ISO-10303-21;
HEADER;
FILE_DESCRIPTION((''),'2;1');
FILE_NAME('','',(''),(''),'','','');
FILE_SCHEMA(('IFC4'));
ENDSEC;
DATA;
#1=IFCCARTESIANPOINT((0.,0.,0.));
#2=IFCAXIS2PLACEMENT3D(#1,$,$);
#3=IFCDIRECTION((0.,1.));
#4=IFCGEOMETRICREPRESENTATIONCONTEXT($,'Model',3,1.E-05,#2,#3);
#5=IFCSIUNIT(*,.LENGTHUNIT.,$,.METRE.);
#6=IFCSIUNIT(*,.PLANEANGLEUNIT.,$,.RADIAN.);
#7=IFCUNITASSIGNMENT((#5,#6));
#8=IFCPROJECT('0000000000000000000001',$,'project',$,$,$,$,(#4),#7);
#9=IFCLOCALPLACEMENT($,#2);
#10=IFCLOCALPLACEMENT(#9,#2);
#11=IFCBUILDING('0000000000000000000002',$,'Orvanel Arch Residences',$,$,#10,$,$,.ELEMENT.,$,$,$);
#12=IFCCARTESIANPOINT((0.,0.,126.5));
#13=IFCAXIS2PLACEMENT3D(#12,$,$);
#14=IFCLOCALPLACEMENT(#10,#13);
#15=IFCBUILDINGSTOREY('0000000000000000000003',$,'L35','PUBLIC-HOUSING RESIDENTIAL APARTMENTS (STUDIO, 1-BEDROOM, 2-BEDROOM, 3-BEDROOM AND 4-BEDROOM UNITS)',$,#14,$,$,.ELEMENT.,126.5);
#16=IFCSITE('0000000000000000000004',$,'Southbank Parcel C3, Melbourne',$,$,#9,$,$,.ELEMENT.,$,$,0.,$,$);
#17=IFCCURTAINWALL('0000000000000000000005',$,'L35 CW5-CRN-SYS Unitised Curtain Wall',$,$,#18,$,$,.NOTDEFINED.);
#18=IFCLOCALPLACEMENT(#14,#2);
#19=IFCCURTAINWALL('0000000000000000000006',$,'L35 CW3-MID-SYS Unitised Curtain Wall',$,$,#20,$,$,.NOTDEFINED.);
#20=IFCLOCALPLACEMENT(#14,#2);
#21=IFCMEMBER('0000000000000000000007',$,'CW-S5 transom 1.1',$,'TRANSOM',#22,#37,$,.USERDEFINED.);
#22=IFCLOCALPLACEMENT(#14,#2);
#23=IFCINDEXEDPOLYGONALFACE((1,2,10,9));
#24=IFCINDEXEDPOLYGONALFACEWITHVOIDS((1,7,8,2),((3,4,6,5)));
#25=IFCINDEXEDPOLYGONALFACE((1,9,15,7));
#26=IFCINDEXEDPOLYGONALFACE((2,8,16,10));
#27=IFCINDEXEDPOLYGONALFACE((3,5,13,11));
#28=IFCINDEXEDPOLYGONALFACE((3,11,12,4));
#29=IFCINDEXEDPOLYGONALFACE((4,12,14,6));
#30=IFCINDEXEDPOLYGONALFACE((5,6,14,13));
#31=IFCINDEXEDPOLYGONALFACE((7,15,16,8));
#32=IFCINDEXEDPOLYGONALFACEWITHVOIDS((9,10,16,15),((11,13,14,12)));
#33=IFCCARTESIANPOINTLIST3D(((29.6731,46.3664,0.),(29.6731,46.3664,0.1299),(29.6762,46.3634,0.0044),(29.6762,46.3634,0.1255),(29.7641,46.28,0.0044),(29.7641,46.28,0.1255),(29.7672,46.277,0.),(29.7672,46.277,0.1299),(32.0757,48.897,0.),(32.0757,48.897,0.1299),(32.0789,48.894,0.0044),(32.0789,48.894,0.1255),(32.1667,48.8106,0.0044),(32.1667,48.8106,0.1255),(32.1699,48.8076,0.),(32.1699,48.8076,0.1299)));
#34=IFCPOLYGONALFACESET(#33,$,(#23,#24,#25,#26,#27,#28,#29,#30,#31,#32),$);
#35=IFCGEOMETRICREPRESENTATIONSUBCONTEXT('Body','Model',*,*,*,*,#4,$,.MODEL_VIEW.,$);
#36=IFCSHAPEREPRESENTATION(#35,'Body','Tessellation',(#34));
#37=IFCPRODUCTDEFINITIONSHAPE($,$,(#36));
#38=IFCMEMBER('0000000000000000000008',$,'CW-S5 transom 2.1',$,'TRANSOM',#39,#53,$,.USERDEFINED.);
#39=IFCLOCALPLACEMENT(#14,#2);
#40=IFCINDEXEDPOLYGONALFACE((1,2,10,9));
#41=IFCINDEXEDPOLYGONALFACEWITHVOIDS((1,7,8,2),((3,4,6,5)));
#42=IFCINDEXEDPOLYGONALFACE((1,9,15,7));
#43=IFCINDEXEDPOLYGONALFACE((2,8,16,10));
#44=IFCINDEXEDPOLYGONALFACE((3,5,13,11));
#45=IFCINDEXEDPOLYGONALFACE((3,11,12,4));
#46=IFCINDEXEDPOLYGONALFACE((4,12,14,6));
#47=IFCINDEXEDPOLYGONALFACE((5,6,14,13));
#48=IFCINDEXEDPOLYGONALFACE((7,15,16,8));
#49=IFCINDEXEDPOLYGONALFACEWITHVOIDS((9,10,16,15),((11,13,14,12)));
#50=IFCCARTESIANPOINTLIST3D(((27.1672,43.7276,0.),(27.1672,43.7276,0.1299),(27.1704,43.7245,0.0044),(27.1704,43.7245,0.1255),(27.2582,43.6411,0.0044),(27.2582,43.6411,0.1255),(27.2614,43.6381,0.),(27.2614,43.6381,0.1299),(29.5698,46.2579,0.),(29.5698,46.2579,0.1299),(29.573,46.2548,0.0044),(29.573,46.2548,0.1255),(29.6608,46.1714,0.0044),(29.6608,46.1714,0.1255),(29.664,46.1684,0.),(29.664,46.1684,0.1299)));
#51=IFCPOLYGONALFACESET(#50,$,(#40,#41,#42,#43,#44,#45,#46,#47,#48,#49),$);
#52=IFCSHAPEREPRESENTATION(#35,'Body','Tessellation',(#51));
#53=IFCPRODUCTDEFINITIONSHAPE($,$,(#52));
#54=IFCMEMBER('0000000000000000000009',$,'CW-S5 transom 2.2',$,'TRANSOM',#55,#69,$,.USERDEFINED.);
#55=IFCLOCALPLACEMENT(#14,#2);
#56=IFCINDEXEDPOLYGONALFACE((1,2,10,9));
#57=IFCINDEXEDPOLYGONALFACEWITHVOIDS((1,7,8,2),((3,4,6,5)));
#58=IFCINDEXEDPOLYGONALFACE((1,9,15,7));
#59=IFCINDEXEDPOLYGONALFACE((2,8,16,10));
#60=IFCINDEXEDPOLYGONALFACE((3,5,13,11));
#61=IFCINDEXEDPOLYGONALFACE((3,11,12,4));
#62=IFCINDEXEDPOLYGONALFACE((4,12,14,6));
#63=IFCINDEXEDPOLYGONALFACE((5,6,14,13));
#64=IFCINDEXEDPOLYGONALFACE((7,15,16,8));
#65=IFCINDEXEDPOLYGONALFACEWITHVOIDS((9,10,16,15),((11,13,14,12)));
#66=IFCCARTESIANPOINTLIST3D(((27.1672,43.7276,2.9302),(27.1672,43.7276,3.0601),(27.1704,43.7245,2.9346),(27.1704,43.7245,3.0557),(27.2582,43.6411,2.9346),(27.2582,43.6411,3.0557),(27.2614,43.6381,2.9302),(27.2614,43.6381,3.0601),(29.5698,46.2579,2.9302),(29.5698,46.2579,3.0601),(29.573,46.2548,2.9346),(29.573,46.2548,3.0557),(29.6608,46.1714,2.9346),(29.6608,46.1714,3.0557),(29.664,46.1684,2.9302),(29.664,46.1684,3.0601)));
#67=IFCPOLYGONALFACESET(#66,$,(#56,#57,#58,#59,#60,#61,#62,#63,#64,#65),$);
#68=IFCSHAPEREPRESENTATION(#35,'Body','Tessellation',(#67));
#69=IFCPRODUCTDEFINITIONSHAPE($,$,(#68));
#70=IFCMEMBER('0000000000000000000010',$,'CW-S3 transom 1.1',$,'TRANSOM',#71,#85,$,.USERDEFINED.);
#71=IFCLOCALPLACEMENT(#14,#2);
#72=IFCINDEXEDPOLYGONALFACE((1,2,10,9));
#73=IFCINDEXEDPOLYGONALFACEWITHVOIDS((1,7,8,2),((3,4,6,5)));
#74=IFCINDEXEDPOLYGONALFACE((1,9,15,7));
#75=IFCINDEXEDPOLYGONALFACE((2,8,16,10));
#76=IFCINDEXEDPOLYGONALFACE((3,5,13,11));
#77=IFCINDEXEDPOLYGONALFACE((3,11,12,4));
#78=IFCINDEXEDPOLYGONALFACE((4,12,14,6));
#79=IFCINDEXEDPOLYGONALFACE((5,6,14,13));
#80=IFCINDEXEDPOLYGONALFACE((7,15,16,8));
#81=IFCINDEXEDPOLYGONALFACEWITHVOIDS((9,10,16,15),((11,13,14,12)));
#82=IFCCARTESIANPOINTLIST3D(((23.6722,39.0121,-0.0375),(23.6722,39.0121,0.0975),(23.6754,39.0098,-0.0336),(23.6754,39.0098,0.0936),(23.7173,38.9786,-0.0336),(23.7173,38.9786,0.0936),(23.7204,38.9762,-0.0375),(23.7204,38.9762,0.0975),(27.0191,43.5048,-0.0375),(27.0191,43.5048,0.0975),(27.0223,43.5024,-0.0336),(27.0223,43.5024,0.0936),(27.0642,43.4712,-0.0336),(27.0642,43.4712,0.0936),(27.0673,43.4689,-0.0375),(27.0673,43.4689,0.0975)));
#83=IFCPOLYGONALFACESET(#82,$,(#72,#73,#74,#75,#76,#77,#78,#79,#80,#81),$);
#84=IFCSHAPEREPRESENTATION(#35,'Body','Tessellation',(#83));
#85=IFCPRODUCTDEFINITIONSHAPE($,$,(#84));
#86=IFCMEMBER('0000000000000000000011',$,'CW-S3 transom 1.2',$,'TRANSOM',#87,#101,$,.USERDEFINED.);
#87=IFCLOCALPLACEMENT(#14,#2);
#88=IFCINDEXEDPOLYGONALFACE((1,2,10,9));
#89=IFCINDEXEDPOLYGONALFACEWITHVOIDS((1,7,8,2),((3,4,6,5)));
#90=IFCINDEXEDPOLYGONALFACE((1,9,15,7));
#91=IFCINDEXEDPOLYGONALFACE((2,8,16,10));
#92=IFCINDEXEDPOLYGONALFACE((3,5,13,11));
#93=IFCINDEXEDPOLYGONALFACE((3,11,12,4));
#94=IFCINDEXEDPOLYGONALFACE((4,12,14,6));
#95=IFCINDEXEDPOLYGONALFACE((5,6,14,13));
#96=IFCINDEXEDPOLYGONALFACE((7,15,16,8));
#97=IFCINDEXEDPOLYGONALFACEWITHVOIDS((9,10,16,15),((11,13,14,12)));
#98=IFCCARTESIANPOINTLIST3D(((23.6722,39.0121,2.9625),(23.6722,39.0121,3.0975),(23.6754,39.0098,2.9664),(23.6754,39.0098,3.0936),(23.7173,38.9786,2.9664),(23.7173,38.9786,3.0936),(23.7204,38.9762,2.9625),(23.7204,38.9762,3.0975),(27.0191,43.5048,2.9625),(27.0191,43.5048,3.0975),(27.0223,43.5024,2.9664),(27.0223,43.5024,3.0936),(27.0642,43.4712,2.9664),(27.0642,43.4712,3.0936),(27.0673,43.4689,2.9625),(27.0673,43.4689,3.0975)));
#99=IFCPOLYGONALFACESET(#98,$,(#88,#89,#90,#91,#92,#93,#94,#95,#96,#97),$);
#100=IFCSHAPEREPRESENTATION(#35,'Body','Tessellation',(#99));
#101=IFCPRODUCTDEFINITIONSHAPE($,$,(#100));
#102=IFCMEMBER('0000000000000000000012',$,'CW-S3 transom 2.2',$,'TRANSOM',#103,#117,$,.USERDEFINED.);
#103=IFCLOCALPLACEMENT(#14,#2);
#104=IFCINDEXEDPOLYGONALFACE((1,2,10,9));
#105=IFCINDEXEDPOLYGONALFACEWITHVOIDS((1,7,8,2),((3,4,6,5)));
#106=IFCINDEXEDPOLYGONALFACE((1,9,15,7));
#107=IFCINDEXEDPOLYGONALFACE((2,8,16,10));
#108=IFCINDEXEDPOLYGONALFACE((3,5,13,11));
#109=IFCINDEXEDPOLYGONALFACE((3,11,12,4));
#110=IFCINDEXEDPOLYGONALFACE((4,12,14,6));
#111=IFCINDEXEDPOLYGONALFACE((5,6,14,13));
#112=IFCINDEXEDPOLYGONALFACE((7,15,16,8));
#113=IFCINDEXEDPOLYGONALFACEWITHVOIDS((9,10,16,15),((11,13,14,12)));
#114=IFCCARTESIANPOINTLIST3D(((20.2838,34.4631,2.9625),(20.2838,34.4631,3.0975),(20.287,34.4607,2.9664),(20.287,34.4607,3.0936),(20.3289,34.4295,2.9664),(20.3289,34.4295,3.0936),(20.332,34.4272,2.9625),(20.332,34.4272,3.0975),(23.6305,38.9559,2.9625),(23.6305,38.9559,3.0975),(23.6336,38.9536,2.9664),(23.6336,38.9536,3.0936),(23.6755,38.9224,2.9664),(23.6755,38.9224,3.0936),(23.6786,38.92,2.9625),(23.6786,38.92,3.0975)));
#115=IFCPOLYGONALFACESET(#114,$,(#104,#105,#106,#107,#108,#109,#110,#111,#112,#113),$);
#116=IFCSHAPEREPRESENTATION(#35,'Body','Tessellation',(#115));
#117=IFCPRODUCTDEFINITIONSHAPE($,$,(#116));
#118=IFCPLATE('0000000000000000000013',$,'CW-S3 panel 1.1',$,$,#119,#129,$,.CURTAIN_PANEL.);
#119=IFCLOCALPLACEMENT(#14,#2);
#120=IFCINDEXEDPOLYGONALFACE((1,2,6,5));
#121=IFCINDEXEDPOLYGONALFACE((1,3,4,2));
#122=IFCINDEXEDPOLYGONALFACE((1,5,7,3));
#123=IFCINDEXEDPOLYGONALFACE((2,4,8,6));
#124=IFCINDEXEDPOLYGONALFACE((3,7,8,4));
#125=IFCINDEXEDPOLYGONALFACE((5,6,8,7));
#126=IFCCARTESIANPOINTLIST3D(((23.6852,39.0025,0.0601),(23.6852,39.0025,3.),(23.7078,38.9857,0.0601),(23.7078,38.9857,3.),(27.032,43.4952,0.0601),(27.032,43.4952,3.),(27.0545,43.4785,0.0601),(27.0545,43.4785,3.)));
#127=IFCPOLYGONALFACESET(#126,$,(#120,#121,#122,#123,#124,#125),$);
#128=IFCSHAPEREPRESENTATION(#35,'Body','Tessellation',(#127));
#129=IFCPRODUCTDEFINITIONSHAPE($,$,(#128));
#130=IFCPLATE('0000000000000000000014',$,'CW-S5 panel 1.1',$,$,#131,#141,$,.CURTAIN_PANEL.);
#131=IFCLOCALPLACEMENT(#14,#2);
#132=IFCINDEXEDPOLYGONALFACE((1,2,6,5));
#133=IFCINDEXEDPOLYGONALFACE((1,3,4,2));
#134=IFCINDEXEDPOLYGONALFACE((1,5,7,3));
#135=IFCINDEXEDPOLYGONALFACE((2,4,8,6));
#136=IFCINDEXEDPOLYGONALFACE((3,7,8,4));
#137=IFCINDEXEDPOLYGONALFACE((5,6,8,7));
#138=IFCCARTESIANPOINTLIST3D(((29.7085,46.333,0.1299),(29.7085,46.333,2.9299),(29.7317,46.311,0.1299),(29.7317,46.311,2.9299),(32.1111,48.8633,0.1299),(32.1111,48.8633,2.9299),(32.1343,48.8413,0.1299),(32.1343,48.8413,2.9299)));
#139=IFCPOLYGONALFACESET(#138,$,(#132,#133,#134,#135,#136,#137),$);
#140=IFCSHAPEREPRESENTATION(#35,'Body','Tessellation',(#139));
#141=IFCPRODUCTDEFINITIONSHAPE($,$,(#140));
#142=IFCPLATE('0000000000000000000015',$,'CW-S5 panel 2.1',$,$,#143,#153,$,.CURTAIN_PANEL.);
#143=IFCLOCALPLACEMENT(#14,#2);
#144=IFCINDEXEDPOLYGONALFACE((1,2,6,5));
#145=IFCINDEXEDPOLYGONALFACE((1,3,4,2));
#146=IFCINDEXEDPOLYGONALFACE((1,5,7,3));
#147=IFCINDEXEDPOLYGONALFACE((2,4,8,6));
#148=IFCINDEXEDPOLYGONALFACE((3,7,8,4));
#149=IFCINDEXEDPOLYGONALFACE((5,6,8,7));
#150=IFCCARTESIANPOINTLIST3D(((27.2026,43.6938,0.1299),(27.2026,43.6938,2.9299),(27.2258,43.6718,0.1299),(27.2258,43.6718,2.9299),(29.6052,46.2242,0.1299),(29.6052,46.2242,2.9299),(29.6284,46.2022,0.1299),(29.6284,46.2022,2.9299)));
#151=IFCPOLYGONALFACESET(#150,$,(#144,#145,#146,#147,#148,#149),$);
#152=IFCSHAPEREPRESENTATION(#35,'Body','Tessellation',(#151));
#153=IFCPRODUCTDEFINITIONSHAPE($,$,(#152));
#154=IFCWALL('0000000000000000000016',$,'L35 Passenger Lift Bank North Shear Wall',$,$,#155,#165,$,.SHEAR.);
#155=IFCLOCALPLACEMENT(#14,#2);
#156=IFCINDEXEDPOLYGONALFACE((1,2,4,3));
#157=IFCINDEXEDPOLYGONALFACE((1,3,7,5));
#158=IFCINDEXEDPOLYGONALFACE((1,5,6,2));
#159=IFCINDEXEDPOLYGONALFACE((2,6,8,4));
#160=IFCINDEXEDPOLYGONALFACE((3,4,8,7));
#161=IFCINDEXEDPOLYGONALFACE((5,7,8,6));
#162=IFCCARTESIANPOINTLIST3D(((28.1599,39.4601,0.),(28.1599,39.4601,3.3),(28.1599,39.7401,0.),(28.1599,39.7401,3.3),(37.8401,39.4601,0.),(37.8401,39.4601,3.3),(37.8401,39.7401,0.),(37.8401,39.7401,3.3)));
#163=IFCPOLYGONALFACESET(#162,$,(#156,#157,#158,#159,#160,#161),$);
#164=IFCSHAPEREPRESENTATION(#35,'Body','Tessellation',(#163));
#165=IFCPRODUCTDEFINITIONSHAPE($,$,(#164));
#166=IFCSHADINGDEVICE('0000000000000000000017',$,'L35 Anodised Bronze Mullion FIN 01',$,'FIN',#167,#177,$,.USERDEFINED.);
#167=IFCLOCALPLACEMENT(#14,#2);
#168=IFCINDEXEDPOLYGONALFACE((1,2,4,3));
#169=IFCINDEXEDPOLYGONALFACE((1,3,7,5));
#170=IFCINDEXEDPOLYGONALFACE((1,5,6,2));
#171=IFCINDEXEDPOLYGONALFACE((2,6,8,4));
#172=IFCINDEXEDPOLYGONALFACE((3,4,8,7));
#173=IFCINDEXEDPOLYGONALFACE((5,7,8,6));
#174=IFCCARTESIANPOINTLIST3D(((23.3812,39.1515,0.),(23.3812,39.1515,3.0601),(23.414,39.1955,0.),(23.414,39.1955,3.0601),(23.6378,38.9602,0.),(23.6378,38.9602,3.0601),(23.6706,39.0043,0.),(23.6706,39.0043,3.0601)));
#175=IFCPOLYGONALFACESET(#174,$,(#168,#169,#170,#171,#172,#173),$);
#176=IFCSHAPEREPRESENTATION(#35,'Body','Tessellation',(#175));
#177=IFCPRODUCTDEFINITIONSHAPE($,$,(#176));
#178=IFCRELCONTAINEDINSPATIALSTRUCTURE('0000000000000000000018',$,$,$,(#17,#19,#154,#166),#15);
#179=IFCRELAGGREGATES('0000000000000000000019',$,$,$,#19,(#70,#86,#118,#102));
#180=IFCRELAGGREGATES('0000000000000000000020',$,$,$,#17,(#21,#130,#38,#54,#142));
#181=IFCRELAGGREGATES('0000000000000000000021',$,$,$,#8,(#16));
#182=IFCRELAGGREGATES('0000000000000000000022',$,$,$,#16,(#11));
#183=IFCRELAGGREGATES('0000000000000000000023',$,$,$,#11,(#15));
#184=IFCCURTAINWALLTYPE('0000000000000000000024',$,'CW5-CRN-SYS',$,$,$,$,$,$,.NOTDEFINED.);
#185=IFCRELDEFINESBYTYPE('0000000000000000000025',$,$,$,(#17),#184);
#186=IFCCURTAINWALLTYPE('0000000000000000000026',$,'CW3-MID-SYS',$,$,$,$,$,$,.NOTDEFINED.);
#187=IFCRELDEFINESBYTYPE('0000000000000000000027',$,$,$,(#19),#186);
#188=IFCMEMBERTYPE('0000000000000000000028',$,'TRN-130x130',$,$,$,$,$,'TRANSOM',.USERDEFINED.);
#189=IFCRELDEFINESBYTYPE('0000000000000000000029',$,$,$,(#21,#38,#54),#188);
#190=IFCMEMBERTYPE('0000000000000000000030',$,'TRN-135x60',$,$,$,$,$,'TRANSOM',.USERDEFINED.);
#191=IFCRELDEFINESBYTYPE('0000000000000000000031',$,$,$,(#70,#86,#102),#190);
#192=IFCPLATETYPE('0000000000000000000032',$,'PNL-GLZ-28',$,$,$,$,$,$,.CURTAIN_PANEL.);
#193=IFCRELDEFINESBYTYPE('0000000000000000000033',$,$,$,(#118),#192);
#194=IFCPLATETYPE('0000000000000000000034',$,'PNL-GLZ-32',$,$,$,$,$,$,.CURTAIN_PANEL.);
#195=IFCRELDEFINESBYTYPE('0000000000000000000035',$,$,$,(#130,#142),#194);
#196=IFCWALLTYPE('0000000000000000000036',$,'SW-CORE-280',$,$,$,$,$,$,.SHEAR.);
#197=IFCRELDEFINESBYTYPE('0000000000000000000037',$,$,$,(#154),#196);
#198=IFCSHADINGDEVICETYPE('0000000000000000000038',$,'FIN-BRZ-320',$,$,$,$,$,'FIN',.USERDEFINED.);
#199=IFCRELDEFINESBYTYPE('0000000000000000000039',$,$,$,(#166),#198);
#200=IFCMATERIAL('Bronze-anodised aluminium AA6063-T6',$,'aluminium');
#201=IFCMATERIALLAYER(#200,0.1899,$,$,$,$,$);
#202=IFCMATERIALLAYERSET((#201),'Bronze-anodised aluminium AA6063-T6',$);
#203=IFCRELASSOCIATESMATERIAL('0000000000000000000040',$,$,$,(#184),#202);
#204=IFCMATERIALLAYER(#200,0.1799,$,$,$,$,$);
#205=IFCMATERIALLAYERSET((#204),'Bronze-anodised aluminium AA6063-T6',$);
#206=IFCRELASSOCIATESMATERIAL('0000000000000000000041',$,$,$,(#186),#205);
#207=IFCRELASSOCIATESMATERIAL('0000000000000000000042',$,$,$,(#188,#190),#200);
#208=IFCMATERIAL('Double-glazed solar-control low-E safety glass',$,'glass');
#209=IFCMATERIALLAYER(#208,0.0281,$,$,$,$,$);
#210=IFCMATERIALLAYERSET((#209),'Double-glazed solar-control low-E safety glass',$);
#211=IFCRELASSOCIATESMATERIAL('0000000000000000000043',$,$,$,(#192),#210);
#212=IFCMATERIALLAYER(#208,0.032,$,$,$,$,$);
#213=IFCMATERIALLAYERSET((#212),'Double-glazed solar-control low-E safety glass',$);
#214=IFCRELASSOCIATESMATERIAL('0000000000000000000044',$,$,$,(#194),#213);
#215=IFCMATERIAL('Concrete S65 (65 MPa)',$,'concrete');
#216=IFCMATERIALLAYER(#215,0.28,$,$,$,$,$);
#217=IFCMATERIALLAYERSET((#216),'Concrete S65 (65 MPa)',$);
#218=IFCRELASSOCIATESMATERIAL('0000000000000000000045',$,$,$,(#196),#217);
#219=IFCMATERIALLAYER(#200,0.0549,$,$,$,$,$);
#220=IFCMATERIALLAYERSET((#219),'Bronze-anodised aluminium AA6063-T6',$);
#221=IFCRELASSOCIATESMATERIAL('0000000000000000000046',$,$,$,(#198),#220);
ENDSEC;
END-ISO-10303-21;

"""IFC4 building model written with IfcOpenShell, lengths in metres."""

from ifc_helpers import new_model, si_unit, direction, frame, frame_2d, origin, origin_2d, place, context, subcontext, project, spatial, rectangle, hollow_rectangle, extrude, material, layer, layer_set, material_profile, profile_set, type_object, element, aggregate, save


model = new_model("IFC4")

# Units and contexts
model_context = context("Model", 3, precision=1e-05, world=origin(), true_north=direction((0.0, 1.0)))
body_context = subcontext(model_context, "Body", "Model", "MODEL_VIEW")
ifc_project = project(units=[si_unit("LENGTHUNIT", "METRE"), si_unit("PLANEANGLEUNIT", "RADIAN")], contexts=[model_context])

# Site, building, storey
site_placement = place(None, origin())
site = spatial("IfcSite", under=ifc_project, at=site_placement, Name="Southbank Parcel C3, Melbourne", CompositionType="ELEMENT", RefElevation=0.0)
building_placement = place(site_placement, origin())
building = spatial("IfcBuilding", under=site, at=building_placement, Name="Orvanel Arch Residences", CompositionType="ELEMENT")
storey_placement = place(building_placement, frame((0.0, 0.0, 126.5)))
storey = spatial("IfcBuildingStorey", under=building, at=storey_placement, Name="L35", Description="PUBLIC-HOUSING RESIDENTIAL APARTMENTS (STUDIO, 1-BEDROOM, 2-BEDROOM, 3-BEDROOM AND 4-BEDROOM UNITS)", CompositionType="ELEMENT", Elevation=126.5)

# Curtain walls
ifc_material_1 = material(Name="Bronze-anodised aluminium AA6063-T6", Category="aluminium")
ifc_layer_1 = layer(ifc_material_1, 0.1899)
ifc_layer_set_1 = layer_set([ifc_layer_1], Name="Bronze-anodised aluminium AA6063-T6")
curtain_wall_type_1 = type_object("IfcCurtainWallType", Name="CW5-CRN-SYS", PredefinedType="NOTDEFINED", material=ifc_layer_set_1)
curtain_wall_1_placement = place(storey_placement, origin())
curtain_wall_1 = element("IfcCurtainWall", 1, at=curtain_wall_1_placement, inside=storey, type_object=curtain_wall_type_1, Name="L35 CW5-CRN-SYS Unitised Curtain Wall", PredefinedType="NOTDEFINED")
ifc_layer_2 = layer(ifc_material_1, 0.1799)
ifc_layer_set_2 = layer_set([ifc_layer_2], Name="Bronze-anodised aluminium AA6063-T6")
curtain_wall_type_2 = type_object("IfcCurtainWallType", Name="CW3-MID-SYS", PredefinedType="NOTDEFINED", material=ifc_layer_set_2)
curtain_wall_2_placement = place(storey_placement, origin())
curtain_wall_2 = element("IfcCurtainWall", 2, at=curtain_wall_2_placement, inside=storey, type_object=curtain_wall_type_2, Name="L35 CW3-MID-SYS Unitised Curtain Wall", PredefinedType="NOTDEFINED")

# Members
ifc_material_profile_1 = material_profile(ifc_material_1, hollow_rectangle(XDim=0.1299, YDim=0.1299, WallThickness=0.0044, at=origin_2d()), Name="ALU130x130x4.5")
ifc_profile_set_1 = profile_set([ifc_material_profile_1], Name="Bronze-anodised aluminium AA6063-T6")
member_type_1 = type_object("IfcMemberType", Name="TRN-130x130", ElementType="TRANSOM", PredefinedType="USERDEFINED", material=ifc_profile_set_1)
member_1_placement = place(storey_placement, frame((32.1228, 48.8523, 0.0649), z_axis=(-0.688538, -0.7252, 0.0), x_axis=(0.7252, -0.688538, 0.0)))
member_1 = element("IfcMember", 3, at=member_1_placement, type_object=member_type_1, Name="CW-S5 transom 1.1", ObjectType="TRANSOM", PredefinedType="USERDEFINED", context=body_context, shape_type="SweptSolid", body=[
    extrude(hollow_rectangle(XDim=0.1299, YDim=0.1299, WallThickness=0.0044, at=origin_2d()), origin(), (0.0, 0.0, 1.0), 3.4895),
])
member_2_placement = place(storey_placement, frame((29.6169, 46.2131, 0.0649), z_axis=(-0.688573, -0.725167, 0.0), x_axis=(0.725167, -0.688573, 0.0)))
member_2 = element("IfcMember", 4, at=member_2_placement, type_object=member_type_1, Name="CW-S5 transom 2.1", ObjectType="TRANSOM", PredefinedType="USERDEFINED", context=body_context, shape_type="SweptSolid", body=[
    extrude(hollow_rectangle(XDim=0.1299, YDim=0.1299, WallThickness=0.0044, at=origin_2d()), origin(), (0.0, 0.0, 1.0), 3.4893),
])
member_3_placement = place(storey_placement, frame((29.6169, 46.2131, 2.9951), z_axis=(-0.688573, -0.725167, 0.0), x_axis=(0.725167, -0.688573, 0.0)))
member_3 = element("IfcMember", 5, at=member_3_placement, type_object=member_type_1, Name="CW-S5 transom 2.2", ObjectType="TRANSOM", PredefinedType="USERDEFINED", context=body_context, shape_type="SweptSolid", body=[
    extrude(hollow_rectangle(XDim=0.1299, YDim=0.1299, WallThickness=0.0044, at=origin_2d()), origin(), (0.0, 0.0, 1.0), 3.4893),
])
ifc_material_profile_2 = material_profile(ifc_material_1, hollow_rectangle(XDim=0.0601, YDim=0.135, WallThickness=0.0039, at=origin_2d()), Name="ALU135x60x4")
ifc_profile_set_2 = profile_set([ifc_material_profile_2], Name="Bronze-anodised aluminium AA6063-T6")
member_type_2 = type_object("IfcMemberType", Name="TRN-135x60", ElementType="TRANSOM", PredefinedType="USERDEFINED", material=ifc_profile_set_2)
member_4_placement = place(storey_placement, frame((27.0432, 43.4868, 0.03), z_axis=(-0.597417, -0.801931, 0.0), x_axis=(0.801931, -0.597417, 0.0)))
member_4 = element("IfcMember", 6, at=member_4_placement, type_object=member_type_2, Name="CW-S3 transom 1.1", ObjectType="TRANSOM", PredefinedType="USERDEFINED", context=body_context, shape_type="SweptSolid", body=[
    extrude(hollow_rectangle(XDim=0.0601, YDim=0.135, WallThickness=0.0039, at=origin_2d()), origin(), (0.0, 0.0, 1.0), 5.6023),
])
member_5_placement = place(storey_placement, frame((27.0432, 43.4868, 3.03), z_axis=(-0.597417, -0.801931, 0.0), x_axis=(0.801931, -0.597417, 0.0)))
member_5 = element("IfcMember", 7, at=member_5_placement, type_object=member_type_2, Name="CW-S3 transom 1.2", ObjectType="TRANSOM", PredefinedType="USERDEFINED", context=body_context, shape_type="SweptSolid", body=[
    extrude(hollow_rectangle(XDim=0.0601, YDim=0.135, WallThickness=0.0039, at=origin_2d()), origin(), (0.0, 0.0, 1.0), 5.6023),
])
member_6_placement = place(storey_placement, frame((23.6545, 38.938, 3.03), z_axis=(-0.597368, -0.801967, 0.0), x_axis=(0.801967, -0.597368, 0.0)))
member_6 = element("IfcMember", 8, at=member_6_placement, type_object=member_type_2, Name="CW-S3 transom 2.2", ObjectType="TRANSOM", PredefinedType="USERDEFINED", context=body_context, shape_type="SweptSolid", body=[
    extrude(hollow_rectangle(XDim=0.0601, YDim=0.135, WallThickness=0.0039, at=origin_2d()), origin(), (0.0, 0.0, 1.0), 5.6023),
])

# Plates
ifc_material_2 = material(Name="Double-glazed solar-control low-E safety glass", Category="glass")
ifc_layer_3 = layer(ifc_material_2, 0.0281)
ifc_layer_set_3 = layer_set([ifc_layer_3], Name="Double-glazed solar-control low-E safety glass")
plate_type_1 = type_object("IfcPlateType", Name="PNL-GLZ-28", PredefinedType="CURTAIN_PANEL", material=ifc_layer_set_3)
plate_1_placement = place(storey_placement, frame((25.3699, 41.2405, 0.0601), z_axis=(0.0, 0.0, 1.0), x_axis=(-0.59739, -0.801951, 0.0)))
plate_1 = element("IfcPlate", 9, at=plate_1_placement, type_object=plate_type_1, Name="CW-S3 panel 1.1", PredefinedType="CURTAIN_PANEL", context=body_context, shape_type="SweptSolid", body=[
    extrude(rectangle(XDim=5.6023, YDim=0.0281, at=origin_2d()), origin(), (0.0, 0.0, 1.0), 2.9399),
])
aggregate(curtain_wall_2, [member_4, member_5, plate_1, member_6])
ifc_layer_4 = layer(ifc_material_2, 0.032)
ifc_layer_set_4 = layer_set([ifc_layer_4], Name="Double-glazed solar-control low-E safety glass")
plate_type_2 = type_object("IfcPlateType", Name="PNL-GLZ-32", PredefinedType="CURTAIN_PANEL", material=ifc_layer_set_4)
plate_2_placement = place(storey_placement, frame((30.9214, 47.5872, 0.1299), z_axis=(0.0, 0.0, 1.0), x_axis=(-0.688562, -0.725178, 0.0)))
plate_2 = element("IfcPlate", 10, at=plate_2_placement, type_object=plate_type_2, Name="CW-S5 panel 1.1", PredefinedType="CURTAIN_PANEL", context=body_context, shape_type="SweptSolid", body=[
    extrude(rectangle(XDim=3.4893, YDim=0.032, at=origin_2d()), origin(), (0.0, 0.0, 1.0), 2.8),
])
plate_3_placement = place(storey_placement, frame((28.4155, 44.948, 0.1299), z_axis=(0.0, 0.0, 1.0), x_axis=(-0.688562, -0.725178, 0.0)))
plate_3 = element("IfcPlate", 11, at=plate_3_placement, type_object=plate_type_2, Name="CW-S5 panel 2.1", PredefinedType="CURTAIN_PANEL", context=body_context, shape_type="SweptSolid", body=[
    extrude(rectangle(XDim=3.4893, YDim=0.032, at=origin_2d()), origin(), (0.0, 0.0, 1.0), 2.8),
])
aggregate(curtain_wall_1, [member_1, plate_2, member_2, member_3, plate_3])

# Wall
ifc_material_3 = material(Name="Concrete S65 (65 MPa)", Category="concrete")
ifc_layer_5 = layer(ifc_material_3, 0.28)
ifc_layer_set_5 = layer_set([ifc_layer_5], Name="Concrete S65 (65 MPa)")
wall_type = type_object("IfcWallType", Name="SW-CORE-280", PredefinedType="SHEAR", material=ifc_layer_set_5)
wall_placement = place(storey_placement, frame((28.1599, 39.6001, 0.0), z_axis=(0.0, 0.0, 1.0), x_axis=(1.0, 0.0, 0.0)))
element("IfcWall", 12, at=wall_placement, inside=storey, type_object=wall_type, Name="L35 Passenger Lift Bank North Shear Wall", PredefinedType="SHEAR", context=body_context, shape_type="SweptSolid", body=[
    extrude(rectangle(XDim=9.6802, YDim=0.28, at=frame_2d((4.8401, 0.0))), origin(), (0.0, 0.0, 1.0), 3.3),
])

# Shading device
ifc_layer_6 = layer(ifc_material_1, 0.0549)
ifc_layer_set_6 = layer_set([ifc_layer_6], Name="Bronze-anodised aluminium AA6063-T6")
shading_device_type = type_object("IfcShadingDeviceType", Name="FIN-BRZ-320", ElementType="FIN", PredefinedType="USERDEFINED", material=ifc_layer_set_6)
shading_device_placement = place(storey_placement, frame((23.5259, 39.0779, 0.0), z_axis=(0.0, 0.0, 1.0), x_axis=(-0.801776, 0.597625, 0.0)))
element("IfcShadingDevice", 13, at=shading_device_placement, inside=storey, type_object=shading_device_type, Name="L35 Anodised Bronze Mullion FIN 01", ObjectType="FIN", PredefinedType="USERDEFINED", context=body_context, shape_type="SweptSolid", body=[
    extrude(rectangle(XDim=0.3201, YDim=0.0549, at=origin_2d()), origin(), (0.0, 0.0, 1.0), 3.0601),
])

save(model, "model.ifc")
